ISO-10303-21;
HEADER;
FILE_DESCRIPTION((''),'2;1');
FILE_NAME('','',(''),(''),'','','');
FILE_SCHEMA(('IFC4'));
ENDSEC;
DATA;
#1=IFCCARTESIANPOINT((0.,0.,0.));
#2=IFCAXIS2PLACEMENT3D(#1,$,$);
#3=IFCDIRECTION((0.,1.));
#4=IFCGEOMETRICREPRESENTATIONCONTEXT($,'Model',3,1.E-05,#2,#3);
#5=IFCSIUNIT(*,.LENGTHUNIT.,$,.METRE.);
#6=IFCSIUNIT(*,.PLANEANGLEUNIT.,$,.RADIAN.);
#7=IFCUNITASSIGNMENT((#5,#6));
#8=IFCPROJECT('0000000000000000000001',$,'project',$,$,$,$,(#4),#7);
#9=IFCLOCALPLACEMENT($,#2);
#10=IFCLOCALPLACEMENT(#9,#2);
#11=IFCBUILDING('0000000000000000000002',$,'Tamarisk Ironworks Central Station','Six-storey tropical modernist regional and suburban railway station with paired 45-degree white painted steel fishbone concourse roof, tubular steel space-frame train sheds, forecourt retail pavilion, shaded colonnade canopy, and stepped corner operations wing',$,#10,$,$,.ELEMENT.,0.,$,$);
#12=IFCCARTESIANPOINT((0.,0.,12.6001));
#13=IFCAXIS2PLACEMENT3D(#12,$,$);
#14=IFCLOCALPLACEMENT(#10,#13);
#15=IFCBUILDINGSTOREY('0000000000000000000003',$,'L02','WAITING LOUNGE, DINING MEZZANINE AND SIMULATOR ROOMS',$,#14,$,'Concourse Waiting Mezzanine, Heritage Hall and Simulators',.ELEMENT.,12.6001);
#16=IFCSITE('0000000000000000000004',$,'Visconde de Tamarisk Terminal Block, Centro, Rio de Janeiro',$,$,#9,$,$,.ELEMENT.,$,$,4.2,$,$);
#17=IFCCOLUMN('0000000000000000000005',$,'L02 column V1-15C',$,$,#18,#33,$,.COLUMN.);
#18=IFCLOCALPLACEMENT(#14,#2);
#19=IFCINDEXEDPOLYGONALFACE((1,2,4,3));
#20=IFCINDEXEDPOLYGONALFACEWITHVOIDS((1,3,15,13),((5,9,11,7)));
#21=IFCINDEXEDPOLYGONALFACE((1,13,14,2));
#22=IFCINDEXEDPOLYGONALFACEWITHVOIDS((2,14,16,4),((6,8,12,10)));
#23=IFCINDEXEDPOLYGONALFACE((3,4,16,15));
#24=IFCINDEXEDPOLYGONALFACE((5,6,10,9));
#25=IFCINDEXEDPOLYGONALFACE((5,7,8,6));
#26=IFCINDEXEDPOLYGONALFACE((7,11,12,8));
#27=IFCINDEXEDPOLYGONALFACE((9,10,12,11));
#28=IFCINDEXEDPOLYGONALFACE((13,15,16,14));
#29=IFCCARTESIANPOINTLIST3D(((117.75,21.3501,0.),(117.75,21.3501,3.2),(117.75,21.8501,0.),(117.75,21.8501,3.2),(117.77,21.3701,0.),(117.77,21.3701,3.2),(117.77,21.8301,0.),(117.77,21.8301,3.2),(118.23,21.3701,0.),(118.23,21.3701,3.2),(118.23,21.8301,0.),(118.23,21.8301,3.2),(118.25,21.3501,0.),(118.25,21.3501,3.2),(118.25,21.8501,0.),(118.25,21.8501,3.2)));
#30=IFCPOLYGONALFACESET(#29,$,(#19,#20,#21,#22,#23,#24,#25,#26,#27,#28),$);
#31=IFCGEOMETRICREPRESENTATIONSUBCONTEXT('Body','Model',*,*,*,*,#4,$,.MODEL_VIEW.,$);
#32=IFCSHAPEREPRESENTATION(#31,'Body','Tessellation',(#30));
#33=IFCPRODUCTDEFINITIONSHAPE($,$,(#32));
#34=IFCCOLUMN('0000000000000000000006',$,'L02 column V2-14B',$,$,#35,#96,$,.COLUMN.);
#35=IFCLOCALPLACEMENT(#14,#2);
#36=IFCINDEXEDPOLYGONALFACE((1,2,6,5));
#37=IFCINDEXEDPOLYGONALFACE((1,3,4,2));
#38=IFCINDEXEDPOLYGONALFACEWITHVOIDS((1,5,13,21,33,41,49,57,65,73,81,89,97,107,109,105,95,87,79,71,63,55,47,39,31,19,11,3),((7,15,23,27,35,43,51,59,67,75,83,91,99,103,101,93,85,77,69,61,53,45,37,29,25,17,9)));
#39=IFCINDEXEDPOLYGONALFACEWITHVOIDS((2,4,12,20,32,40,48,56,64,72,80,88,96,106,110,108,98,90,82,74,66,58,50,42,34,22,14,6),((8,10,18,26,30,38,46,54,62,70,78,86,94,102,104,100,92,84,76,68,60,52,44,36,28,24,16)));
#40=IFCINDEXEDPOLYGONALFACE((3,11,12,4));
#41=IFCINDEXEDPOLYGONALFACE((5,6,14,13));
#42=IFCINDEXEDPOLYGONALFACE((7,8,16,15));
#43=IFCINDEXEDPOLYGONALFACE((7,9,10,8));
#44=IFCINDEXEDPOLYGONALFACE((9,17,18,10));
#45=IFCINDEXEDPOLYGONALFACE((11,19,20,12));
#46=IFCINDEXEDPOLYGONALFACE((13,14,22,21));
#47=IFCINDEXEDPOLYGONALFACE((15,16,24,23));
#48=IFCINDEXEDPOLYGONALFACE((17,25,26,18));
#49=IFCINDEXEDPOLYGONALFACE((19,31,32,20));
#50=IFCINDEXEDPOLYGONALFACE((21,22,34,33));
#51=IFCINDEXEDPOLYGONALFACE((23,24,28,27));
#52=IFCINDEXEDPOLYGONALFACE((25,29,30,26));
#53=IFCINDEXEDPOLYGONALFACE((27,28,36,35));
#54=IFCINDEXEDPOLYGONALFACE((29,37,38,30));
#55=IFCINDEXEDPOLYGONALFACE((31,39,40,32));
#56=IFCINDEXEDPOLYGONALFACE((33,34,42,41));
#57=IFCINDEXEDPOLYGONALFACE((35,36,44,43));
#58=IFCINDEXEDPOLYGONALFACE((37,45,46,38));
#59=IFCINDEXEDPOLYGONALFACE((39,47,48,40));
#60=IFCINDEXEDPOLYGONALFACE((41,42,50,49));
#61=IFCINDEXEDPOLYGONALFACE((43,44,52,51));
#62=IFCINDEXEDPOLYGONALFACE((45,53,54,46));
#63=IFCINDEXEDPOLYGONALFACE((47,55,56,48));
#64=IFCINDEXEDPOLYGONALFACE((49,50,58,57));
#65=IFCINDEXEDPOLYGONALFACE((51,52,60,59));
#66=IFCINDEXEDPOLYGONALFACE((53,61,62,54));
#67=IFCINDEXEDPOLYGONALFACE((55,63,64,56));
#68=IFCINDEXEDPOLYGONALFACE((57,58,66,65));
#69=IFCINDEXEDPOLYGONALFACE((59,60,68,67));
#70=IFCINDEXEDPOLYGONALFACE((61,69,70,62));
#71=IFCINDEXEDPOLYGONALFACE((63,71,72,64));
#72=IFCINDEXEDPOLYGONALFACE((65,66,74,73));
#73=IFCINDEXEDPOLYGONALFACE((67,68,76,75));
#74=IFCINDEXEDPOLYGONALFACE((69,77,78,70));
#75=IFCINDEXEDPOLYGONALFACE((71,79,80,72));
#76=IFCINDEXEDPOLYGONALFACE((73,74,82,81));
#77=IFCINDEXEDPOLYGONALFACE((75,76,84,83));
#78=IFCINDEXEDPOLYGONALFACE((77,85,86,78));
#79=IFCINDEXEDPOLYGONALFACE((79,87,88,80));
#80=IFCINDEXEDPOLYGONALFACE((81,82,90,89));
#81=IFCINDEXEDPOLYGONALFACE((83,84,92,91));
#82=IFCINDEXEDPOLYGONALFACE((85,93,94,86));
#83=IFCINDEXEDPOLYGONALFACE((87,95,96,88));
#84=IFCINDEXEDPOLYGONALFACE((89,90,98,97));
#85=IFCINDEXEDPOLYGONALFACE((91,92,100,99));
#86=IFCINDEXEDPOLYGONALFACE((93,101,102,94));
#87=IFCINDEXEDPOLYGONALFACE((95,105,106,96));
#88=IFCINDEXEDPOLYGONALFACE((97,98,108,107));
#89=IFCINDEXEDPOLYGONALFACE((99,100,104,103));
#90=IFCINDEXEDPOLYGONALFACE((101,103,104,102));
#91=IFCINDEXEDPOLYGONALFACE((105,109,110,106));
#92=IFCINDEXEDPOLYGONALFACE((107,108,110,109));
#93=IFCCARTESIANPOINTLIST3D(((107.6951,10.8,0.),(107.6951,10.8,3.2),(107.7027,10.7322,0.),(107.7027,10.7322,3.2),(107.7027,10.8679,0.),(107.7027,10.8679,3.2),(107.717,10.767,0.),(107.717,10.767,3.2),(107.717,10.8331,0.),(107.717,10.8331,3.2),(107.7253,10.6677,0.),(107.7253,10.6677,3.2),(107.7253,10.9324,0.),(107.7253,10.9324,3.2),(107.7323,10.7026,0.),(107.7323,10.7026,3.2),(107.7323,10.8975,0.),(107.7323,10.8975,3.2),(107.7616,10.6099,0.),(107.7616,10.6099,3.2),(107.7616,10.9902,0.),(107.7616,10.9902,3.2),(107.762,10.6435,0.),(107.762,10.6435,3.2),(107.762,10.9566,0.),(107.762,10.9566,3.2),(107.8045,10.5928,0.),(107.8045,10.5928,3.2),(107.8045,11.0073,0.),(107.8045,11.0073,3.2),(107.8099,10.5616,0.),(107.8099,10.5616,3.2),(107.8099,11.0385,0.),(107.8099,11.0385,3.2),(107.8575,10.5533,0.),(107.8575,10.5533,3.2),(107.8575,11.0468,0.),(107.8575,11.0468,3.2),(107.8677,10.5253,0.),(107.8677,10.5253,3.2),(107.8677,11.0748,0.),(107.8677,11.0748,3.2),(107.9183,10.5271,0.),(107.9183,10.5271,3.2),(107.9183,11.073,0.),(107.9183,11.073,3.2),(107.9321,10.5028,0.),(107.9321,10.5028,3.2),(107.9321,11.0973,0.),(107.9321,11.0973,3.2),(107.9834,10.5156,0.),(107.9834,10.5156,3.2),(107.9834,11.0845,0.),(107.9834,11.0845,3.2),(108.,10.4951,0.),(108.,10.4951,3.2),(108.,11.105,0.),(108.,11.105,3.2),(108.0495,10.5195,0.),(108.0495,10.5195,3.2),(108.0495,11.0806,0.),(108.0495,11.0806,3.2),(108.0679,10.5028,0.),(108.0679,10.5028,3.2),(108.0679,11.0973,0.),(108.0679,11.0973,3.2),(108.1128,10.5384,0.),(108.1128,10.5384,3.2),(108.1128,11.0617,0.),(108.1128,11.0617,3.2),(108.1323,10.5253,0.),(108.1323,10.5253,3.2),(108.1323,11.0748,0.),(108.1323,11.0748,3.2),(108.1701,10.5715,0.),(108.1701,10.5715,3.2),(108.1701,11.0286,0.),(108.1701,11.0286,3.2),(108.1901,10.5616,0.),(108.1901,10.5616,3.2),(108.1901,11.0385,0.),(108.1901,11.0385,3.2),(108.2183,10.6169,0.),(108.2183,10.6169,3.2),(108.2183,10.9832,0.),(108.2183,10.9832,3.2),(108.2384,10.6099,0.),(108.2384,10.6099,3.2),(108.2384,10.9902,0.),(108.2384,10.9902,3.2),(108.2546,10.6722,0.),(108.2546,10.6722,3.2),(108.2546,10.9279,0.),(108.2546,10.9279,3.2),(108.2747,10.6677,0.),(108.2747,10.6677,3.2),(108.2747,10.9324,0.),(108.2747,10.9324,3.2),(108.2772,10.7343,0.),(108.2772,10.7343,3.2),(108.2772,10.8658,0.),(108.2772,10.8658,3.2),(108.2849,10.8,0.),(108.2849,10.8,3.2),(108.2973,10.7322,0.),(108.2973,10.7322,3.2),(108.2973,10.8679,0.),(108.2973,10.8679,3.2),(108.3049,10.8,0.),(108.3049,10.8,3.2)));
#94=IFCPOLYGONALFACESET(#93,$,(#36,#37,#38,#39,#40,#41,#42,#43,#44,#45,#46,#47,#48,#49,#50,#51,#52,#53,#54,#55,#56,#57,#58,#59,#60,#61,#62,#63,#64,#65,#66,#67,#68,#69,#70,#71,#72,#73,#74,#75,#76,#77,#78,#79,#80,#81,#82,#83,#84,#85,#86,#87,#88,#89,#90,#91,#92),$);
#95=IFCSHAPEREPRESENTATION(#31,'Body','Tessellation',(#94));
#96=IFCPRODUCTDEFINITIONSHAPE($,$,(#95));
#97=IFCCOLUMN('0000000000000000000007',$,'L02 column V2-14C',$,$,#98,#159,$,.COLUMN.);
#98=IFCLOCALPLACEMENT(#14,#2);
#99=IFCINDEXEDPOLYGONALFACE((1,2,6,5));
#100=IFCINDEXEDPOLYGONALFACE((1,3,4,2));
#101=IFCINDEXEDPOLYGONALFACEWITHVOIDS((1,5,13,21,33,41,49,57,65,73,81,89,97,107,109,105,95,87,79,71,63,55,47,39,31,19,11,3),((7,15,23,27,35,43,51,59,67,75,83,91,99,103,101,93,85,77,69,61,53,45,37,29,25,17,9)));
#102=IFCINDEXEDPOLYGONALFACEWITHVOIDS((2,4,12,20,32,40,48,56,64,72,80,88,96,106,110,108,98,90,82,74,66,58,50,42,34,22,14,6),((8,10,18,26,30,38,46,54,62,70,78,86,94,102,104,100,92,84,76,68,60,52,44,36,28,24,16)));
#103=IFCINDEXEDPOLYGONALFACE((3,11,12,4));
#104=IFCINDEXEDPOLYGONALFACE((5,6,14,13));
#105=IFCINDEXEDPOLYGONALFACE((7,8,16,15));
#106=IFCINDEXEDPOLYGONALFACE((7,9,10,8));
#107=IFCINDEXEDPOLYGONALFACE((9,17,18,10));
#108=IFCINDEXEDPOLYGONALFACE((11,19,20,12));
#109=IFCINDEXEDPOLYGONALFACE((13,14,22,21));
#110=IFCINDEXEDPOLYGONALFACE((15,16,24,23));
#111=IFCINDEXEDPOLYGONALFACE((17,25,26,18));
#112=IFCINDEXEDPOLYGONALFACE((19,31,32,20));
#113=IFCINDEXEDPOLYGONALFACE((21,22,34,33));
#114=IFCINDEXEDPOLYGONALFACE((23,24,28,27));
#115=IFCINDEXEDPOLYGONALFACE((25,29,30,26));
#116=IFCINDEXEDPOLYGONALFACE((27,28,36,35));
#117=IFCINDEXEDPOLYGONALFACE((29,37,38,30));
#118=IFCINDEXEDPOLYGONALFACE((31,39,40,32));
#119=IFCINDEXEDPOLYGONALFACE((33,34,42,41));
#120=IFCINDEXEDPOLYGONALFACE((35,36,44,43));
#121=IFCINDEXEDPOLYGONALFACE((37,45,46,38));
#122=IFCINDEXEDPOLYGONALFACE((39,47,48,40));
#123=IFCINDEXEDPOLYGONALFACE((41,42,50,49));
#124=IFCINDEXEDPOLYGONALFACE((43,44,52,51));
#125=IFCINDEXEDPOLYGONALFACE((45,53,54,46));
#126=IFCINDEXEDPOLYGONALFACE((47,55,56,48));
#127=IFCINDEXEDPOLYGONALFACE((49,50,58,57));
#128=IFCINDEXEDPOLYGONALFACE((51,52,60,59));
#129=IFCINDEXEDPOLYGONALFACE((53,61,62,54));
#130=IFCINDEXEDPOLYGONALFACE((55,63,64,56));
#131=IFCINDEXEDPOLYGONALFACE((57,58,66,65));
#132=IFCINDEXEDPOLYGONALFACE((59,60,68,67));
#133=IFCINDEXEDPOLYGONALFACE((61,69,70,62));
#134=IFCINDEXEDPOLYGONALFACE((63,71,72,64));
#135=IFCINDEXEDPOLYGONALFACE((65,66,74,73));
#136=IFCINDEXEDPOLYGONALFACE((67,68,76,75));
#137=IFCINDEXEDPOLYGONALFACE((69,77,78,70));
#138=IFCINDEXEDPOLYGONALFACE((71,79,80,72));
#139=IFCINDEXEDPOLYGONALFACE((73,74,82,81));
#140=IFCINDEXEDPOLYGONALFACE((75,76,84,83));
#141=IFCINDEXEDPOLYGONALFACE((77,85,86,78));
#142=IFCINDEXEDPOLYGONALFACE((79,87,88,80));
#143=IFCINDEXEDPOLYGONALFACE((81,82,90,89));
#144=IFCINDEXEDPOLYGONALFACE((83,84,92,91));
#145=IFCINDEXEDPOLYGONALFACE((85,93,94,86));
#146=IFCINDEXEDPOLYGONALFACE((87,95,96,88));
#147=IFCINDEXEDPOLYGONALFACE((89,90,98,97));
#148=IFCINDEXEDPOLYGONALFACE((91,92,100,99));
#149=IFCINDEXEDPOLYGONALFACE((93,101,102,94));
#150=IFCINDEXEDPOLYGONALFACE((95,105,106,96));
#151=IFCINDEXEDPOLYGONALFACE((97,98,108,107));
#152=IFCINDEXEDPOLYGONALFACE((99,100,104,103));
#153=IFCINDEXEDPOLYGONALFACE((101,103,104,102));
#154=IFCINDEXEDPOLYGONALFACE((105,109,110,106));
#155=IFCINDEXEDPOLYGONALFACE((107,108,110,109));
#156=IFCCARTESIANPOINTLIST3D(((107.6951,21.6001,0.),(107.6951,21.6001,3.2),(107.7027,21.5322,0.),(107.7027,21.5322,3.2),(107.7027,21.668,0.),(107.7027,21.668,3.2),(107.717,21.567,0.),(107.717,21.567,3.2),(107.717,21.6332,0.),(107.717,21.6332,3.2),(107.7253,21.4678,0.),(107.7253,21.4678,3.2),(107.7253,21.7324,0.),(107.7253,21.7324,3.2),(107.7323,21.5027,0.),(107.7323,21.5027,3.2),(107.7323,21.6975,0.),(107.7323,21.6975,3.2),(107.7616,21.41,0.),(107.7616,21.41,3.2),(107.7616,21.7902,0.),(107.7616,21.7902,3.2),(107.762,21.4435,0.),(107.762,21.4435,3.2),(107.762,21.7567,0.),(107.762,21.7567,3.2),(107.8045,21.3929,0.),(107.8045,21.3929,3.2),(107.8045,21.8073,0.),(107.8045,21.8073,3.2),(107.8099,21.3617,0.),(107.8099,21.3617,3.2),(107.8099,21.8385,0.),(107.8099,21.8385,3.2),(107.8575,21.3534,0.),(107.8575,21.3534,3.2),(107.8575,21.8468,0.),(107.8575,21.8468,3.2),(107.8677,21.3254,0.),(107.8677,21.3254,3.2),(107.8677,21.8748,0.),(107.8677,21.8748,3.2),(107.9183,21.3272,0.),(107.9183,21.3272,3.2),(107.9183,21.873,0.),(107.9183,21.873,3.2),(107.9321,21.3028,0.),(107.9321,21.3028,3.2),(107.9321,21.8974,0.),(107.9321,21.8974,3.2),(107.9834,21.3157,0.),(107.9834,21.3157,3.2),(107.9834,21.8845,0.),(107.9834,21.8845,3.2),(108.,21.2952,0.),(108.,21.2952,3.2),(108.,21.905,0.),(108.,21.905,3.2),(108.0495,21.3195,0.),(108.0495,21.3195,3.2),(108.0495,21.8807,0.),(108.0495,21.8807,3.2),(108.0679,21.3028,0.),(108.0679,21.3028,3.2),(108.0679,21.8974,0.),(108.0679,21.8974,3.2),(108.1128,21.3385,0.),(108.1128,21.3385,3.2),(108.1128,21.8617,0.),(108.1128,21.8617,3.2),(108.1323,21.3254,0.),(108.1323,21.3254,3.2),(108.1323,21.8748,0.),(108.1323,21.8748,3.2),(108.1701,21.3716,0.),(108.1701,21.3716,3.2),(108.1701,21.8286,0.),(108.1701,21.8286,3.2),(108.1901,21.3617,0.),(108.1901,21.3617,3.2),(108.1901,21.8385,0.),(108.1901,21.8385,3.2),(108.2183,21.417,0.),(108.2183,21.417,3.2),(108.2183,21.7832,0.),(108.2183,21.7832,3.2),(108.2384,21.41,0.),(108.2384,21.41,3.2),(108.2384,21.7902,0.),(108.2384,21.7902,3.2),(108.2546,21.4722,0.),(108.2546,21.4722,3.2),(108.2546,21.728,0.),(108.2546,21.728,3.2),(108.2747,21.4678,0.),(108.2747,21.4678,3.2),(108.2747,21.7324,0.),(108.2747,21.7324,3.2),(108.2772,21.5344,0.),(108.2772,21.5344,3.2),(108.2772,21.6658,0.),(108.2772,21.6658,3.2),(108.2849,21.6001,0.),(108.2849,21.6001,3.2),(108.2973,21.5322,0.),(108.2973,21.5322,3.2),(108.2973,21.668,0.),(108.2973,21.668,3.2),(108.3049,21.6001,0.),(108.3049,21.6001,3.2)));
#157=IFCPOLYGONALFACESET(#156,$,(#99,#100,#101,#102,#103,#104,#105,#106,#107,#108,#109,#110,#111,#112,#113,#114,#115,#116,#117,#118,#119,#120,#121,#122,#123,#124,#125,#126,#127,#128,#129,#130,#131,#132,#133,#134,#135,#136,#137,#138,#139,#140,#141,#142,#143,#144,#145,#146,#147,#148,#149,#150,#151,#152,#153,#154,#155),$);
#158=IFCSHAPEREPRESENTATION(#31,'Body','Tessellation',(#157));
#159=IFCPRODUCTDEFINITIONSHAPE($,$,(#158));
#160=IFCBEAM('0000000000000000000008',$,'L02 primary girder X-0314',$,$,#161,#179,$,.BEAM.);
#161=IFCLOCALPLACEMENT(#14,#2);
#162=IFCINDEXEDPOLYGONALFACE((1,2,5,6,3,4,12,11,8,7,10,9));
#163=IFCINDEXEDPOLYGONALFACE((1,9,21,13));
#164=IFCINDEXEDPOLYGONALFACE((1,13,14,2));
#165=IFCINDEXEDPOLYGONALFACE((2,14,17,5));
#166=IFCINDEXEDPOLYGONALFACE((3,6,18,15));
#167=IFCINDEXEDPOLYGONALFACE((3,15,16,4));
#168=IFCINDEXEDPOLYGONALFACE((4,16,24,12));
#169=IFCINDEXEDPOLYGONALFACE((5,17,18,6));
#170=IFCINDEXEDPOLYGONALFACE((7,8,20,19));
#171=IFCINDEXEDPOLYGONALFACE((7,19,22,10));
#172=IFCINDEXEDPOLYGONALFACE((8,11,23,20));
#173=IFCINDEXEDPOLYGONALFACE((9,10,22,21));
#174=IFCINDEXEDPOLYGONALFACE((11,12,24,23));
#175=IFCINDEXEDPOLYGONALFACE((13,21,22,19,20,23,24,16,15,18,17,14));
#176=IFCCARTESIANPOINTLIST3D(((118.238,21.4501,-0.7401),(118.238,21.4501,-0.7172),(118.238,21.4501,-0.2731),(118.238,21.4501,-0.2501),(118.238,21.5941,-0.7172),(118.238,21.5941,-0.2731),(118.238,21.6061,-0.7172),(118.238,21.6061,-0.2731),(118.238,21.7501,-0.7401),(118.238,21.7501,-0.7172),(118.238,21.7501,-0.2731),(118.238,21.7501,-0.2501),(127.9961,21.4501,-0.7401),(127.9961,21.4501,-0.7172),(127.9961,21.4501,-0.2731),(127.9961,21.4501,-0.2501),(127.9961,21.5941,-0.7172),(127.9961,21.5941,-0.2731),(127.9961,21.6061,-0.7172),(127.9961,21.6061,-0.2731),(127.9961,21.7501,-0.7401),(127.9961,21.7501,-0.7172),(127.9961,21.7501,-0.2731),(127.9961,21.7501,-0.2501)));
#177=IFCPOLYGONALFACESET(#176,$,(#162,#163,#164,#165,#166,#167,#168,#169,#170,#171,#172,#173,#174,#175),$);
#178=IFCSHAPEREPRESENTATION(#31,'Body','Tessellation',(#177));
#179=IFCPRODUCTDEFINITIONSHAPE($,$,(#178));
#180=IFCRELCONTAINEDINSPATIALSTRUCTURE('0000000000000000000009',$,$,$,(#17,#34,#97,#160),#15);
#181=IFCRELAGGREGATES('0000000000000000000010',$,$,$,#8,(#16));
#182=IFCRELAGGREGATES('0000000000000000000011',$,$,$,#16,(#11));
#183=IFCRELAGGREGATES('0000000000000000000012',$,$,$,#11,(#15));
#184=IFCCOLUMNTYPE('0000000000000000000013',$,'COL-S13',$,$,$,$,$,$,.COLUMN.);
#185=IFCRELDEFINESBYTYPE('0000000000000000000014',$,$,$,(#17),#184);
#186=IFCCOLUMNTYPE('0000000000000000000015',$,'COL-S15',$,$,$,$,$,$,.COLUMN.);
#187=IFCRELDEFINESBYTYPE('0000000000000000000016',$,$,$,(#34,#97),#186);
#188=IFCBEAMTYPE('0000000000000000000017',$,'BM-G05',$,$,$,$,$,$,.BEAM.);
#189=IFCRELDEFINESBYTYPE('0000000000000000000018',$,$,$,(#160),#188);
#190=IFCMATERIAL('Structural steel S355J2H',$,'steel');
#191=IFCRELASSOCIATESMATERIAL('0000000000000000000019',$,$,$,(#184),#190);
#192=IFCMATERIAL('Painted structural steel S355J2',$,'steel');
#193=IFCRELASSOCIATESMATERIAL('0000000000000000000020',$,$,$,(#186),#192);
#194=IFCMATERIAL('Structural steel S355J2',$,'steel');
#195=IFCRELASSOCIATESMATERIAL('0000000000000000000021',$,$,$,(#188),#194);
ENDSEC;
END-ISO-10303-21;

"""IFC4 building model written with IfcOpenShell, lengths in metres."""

from ifc_helpers import new_model, si_unit, direction, frame, origin, origin_2d, place, context, subcontext, project, spatial, hollow_rectangle, hollow_circle, i_section, extrude, material, material_profile, profile_set, type_object, element, save


model = new_model("IFC4")

# Units and contexts
model_context = context("Model", 3, precision=1e-05, world=origin(), true_north=direction((0.0, 1.0)))
body_context = subcontext(model_context, "Body", "Model", "MODEL_VIEW")
ifc_project = project(units=[si_unit("LENGTHUNIT", "METRE"), si_unit("PLANEANGLEUNIT", "RADIAN")], contexts=[model_context])

# Site, building, storey
site_placement = place(None, origin())
site = spatial("IfcSite", under=ifc_project, at=site_placement, Name="Visconde de Tamarisk Terminal Block, Centro, Rio de Janeiro", CompositionType="ELEMENT", RefElevation=4.2)
building_placement = place(site_placement, origin())
building = spatial("IfcBuilding", under=site, at=building_placement, Name="Tamarisk Ironworks Central Station", Description="Six-storey tropical modernist regional and suburban railway station with paired 45-degree white painted steel fishbone concourse roof, tubular steel space-frame train sheds, forecourt retail pavilion, shaded colonnade canopy, and stepped corner operations wing", CompositionType="ELEMENT", ElevationOfRefHeight=0.0)
storey_placement = place(building_placement, frame((0.0, 0.0, 12.6001)))
storey = spatial("IfcBuildingStorey", under=building, at=storey_placement, Name="L02", Description="WAITING LOUNGE, DINING MEZZANINE AND SIMULATOR ROOMS", LongName="Concourse Waiting Mezzanine, Heritage Hall and Simulators", CompositionType="ELEMENT", Elevation=12.6001)

# Columns
ifc_material_1 = material(Name="Structural steel S355J2H", Category="steel")
ifc_material_profile_1 = material_profile(ifc_material_1, hollow_rectangle(XDim=0.5, YDim=0.5, WallThickness=0.02, at=origin_2d()), Name="SHS 500x500x20")
ifc_profile_set_1 = profile_set([ifc_material_profile_1], Name="Structural steel S355J2H")
column_type_1 = type_object("IfcColumnType", Name="COL-S13", PredefinedType="COLUMN", material=ifc_profile_set_1)
column_placement = place(storey_placement, frame((118.0, 21.6001, 0.0), z_axis=(0.0, 0.0, 1.0), x_axis=(1.0, 0.0, 0.0)))
element("IfcColumn", 1, at=column_placement, inside=storey, type_object=column_type_1, Name="L02 column V1-15C", PredefinedType="COLUMN", context=body_context, shape_type="SweptSolid", body=[
    extrude(hollow_rectangle(XDim=0.5, YDim=0.5, WallThickness=0.02, at=origin_2d()), origin(), (0.0, 0.0, 1.0), 3.2),
])
ifc_material_2 = material(Name="Painted structural steel S355J2", Category="steel")
ifc_material_profile_2 = material_profile(ifc_material_2, hollow_circle(Radius=0.3049, WallThickness=0.02, at=origin_2d()), Name="CHS 610x20")
ifc_profile_set_2 = profile_set([ifc_material_profile_2], Name="Painted structural steel S355J2")
column_type_2 = type_object("IfcColumnType", Name="COL-S15", PredefinedType="COLUMN", material=ifc_profile_set_2)
for number, where, z_axis, x_axis, name in (
    (2, (108.0, 10.8, 0.0), (0.0, 0.0, 1.0), (1.0, 0.0, 0.0), "L02 column V2-14B"),
    (3, (108.0, 21.6001, 0.0), (0.0, 0.0, 1.0), (1.0, 0.0, 0.0), "L02 column V2-14C"),
):
    element("IfcColumn", number, at=place(storey_placement, frame(where, z_axis=z_axis, x_axis=x_axis)), inside=storey, type_object=column_type_2, Name=name, PredefinedType="COLUMN", context=body_context, shape_type="SweptSolid", body=[
        extrude(hollow_circle(Radius=0.3049, WallThickness=0.02, at=origin_2d()), origin(), (0.0, 0.0, 1.0), 3.2),
    ])

# Beam
ifc_material_3 = material(Name="Structural steel S355J2", Category="steel")
ifc_material_profile_3 = material_profile(ifc_material_3, i_section(OverallWidth=0.3, OverallDepth=0.49, WebThickness=0.012, FlangeThickness=0.0229, at=origin_2d()), Name="HEA 500")
ifc_profile_set_3 = profile_set([ifc_material_profile_3], Name="Structural steel S355J2")
beam_type_1 = type_object("IfcBeamType", Name="BM-G05", PredefinedType="BEAM", material=ifc_profile_set_3)
beam_1_placement = place(storey_placement, frame((118.238, 21.6001, -0.4951), z_axis=(1.0, 0.0, 0.0), x_axis=(0.0, 1.0, 0.0)))
element("IfcBeam", 4, at=beam_1_placement, inside=storey, type_object=beam_type_1, Name="L02 primary girder X-0314", PredefinedType="BEAM", context=body_context, shape_type="SweptSolid", body=[
    extrude(i_section(OverallWidth=0.3, OverallDepth=0.49, WebThickness=0.012, FlangeThickness=0.0229, at=origin_2d()), origin(), (0.0, 0.0, 1.0), 9.7581),
])

save(model, "model.ifc")
